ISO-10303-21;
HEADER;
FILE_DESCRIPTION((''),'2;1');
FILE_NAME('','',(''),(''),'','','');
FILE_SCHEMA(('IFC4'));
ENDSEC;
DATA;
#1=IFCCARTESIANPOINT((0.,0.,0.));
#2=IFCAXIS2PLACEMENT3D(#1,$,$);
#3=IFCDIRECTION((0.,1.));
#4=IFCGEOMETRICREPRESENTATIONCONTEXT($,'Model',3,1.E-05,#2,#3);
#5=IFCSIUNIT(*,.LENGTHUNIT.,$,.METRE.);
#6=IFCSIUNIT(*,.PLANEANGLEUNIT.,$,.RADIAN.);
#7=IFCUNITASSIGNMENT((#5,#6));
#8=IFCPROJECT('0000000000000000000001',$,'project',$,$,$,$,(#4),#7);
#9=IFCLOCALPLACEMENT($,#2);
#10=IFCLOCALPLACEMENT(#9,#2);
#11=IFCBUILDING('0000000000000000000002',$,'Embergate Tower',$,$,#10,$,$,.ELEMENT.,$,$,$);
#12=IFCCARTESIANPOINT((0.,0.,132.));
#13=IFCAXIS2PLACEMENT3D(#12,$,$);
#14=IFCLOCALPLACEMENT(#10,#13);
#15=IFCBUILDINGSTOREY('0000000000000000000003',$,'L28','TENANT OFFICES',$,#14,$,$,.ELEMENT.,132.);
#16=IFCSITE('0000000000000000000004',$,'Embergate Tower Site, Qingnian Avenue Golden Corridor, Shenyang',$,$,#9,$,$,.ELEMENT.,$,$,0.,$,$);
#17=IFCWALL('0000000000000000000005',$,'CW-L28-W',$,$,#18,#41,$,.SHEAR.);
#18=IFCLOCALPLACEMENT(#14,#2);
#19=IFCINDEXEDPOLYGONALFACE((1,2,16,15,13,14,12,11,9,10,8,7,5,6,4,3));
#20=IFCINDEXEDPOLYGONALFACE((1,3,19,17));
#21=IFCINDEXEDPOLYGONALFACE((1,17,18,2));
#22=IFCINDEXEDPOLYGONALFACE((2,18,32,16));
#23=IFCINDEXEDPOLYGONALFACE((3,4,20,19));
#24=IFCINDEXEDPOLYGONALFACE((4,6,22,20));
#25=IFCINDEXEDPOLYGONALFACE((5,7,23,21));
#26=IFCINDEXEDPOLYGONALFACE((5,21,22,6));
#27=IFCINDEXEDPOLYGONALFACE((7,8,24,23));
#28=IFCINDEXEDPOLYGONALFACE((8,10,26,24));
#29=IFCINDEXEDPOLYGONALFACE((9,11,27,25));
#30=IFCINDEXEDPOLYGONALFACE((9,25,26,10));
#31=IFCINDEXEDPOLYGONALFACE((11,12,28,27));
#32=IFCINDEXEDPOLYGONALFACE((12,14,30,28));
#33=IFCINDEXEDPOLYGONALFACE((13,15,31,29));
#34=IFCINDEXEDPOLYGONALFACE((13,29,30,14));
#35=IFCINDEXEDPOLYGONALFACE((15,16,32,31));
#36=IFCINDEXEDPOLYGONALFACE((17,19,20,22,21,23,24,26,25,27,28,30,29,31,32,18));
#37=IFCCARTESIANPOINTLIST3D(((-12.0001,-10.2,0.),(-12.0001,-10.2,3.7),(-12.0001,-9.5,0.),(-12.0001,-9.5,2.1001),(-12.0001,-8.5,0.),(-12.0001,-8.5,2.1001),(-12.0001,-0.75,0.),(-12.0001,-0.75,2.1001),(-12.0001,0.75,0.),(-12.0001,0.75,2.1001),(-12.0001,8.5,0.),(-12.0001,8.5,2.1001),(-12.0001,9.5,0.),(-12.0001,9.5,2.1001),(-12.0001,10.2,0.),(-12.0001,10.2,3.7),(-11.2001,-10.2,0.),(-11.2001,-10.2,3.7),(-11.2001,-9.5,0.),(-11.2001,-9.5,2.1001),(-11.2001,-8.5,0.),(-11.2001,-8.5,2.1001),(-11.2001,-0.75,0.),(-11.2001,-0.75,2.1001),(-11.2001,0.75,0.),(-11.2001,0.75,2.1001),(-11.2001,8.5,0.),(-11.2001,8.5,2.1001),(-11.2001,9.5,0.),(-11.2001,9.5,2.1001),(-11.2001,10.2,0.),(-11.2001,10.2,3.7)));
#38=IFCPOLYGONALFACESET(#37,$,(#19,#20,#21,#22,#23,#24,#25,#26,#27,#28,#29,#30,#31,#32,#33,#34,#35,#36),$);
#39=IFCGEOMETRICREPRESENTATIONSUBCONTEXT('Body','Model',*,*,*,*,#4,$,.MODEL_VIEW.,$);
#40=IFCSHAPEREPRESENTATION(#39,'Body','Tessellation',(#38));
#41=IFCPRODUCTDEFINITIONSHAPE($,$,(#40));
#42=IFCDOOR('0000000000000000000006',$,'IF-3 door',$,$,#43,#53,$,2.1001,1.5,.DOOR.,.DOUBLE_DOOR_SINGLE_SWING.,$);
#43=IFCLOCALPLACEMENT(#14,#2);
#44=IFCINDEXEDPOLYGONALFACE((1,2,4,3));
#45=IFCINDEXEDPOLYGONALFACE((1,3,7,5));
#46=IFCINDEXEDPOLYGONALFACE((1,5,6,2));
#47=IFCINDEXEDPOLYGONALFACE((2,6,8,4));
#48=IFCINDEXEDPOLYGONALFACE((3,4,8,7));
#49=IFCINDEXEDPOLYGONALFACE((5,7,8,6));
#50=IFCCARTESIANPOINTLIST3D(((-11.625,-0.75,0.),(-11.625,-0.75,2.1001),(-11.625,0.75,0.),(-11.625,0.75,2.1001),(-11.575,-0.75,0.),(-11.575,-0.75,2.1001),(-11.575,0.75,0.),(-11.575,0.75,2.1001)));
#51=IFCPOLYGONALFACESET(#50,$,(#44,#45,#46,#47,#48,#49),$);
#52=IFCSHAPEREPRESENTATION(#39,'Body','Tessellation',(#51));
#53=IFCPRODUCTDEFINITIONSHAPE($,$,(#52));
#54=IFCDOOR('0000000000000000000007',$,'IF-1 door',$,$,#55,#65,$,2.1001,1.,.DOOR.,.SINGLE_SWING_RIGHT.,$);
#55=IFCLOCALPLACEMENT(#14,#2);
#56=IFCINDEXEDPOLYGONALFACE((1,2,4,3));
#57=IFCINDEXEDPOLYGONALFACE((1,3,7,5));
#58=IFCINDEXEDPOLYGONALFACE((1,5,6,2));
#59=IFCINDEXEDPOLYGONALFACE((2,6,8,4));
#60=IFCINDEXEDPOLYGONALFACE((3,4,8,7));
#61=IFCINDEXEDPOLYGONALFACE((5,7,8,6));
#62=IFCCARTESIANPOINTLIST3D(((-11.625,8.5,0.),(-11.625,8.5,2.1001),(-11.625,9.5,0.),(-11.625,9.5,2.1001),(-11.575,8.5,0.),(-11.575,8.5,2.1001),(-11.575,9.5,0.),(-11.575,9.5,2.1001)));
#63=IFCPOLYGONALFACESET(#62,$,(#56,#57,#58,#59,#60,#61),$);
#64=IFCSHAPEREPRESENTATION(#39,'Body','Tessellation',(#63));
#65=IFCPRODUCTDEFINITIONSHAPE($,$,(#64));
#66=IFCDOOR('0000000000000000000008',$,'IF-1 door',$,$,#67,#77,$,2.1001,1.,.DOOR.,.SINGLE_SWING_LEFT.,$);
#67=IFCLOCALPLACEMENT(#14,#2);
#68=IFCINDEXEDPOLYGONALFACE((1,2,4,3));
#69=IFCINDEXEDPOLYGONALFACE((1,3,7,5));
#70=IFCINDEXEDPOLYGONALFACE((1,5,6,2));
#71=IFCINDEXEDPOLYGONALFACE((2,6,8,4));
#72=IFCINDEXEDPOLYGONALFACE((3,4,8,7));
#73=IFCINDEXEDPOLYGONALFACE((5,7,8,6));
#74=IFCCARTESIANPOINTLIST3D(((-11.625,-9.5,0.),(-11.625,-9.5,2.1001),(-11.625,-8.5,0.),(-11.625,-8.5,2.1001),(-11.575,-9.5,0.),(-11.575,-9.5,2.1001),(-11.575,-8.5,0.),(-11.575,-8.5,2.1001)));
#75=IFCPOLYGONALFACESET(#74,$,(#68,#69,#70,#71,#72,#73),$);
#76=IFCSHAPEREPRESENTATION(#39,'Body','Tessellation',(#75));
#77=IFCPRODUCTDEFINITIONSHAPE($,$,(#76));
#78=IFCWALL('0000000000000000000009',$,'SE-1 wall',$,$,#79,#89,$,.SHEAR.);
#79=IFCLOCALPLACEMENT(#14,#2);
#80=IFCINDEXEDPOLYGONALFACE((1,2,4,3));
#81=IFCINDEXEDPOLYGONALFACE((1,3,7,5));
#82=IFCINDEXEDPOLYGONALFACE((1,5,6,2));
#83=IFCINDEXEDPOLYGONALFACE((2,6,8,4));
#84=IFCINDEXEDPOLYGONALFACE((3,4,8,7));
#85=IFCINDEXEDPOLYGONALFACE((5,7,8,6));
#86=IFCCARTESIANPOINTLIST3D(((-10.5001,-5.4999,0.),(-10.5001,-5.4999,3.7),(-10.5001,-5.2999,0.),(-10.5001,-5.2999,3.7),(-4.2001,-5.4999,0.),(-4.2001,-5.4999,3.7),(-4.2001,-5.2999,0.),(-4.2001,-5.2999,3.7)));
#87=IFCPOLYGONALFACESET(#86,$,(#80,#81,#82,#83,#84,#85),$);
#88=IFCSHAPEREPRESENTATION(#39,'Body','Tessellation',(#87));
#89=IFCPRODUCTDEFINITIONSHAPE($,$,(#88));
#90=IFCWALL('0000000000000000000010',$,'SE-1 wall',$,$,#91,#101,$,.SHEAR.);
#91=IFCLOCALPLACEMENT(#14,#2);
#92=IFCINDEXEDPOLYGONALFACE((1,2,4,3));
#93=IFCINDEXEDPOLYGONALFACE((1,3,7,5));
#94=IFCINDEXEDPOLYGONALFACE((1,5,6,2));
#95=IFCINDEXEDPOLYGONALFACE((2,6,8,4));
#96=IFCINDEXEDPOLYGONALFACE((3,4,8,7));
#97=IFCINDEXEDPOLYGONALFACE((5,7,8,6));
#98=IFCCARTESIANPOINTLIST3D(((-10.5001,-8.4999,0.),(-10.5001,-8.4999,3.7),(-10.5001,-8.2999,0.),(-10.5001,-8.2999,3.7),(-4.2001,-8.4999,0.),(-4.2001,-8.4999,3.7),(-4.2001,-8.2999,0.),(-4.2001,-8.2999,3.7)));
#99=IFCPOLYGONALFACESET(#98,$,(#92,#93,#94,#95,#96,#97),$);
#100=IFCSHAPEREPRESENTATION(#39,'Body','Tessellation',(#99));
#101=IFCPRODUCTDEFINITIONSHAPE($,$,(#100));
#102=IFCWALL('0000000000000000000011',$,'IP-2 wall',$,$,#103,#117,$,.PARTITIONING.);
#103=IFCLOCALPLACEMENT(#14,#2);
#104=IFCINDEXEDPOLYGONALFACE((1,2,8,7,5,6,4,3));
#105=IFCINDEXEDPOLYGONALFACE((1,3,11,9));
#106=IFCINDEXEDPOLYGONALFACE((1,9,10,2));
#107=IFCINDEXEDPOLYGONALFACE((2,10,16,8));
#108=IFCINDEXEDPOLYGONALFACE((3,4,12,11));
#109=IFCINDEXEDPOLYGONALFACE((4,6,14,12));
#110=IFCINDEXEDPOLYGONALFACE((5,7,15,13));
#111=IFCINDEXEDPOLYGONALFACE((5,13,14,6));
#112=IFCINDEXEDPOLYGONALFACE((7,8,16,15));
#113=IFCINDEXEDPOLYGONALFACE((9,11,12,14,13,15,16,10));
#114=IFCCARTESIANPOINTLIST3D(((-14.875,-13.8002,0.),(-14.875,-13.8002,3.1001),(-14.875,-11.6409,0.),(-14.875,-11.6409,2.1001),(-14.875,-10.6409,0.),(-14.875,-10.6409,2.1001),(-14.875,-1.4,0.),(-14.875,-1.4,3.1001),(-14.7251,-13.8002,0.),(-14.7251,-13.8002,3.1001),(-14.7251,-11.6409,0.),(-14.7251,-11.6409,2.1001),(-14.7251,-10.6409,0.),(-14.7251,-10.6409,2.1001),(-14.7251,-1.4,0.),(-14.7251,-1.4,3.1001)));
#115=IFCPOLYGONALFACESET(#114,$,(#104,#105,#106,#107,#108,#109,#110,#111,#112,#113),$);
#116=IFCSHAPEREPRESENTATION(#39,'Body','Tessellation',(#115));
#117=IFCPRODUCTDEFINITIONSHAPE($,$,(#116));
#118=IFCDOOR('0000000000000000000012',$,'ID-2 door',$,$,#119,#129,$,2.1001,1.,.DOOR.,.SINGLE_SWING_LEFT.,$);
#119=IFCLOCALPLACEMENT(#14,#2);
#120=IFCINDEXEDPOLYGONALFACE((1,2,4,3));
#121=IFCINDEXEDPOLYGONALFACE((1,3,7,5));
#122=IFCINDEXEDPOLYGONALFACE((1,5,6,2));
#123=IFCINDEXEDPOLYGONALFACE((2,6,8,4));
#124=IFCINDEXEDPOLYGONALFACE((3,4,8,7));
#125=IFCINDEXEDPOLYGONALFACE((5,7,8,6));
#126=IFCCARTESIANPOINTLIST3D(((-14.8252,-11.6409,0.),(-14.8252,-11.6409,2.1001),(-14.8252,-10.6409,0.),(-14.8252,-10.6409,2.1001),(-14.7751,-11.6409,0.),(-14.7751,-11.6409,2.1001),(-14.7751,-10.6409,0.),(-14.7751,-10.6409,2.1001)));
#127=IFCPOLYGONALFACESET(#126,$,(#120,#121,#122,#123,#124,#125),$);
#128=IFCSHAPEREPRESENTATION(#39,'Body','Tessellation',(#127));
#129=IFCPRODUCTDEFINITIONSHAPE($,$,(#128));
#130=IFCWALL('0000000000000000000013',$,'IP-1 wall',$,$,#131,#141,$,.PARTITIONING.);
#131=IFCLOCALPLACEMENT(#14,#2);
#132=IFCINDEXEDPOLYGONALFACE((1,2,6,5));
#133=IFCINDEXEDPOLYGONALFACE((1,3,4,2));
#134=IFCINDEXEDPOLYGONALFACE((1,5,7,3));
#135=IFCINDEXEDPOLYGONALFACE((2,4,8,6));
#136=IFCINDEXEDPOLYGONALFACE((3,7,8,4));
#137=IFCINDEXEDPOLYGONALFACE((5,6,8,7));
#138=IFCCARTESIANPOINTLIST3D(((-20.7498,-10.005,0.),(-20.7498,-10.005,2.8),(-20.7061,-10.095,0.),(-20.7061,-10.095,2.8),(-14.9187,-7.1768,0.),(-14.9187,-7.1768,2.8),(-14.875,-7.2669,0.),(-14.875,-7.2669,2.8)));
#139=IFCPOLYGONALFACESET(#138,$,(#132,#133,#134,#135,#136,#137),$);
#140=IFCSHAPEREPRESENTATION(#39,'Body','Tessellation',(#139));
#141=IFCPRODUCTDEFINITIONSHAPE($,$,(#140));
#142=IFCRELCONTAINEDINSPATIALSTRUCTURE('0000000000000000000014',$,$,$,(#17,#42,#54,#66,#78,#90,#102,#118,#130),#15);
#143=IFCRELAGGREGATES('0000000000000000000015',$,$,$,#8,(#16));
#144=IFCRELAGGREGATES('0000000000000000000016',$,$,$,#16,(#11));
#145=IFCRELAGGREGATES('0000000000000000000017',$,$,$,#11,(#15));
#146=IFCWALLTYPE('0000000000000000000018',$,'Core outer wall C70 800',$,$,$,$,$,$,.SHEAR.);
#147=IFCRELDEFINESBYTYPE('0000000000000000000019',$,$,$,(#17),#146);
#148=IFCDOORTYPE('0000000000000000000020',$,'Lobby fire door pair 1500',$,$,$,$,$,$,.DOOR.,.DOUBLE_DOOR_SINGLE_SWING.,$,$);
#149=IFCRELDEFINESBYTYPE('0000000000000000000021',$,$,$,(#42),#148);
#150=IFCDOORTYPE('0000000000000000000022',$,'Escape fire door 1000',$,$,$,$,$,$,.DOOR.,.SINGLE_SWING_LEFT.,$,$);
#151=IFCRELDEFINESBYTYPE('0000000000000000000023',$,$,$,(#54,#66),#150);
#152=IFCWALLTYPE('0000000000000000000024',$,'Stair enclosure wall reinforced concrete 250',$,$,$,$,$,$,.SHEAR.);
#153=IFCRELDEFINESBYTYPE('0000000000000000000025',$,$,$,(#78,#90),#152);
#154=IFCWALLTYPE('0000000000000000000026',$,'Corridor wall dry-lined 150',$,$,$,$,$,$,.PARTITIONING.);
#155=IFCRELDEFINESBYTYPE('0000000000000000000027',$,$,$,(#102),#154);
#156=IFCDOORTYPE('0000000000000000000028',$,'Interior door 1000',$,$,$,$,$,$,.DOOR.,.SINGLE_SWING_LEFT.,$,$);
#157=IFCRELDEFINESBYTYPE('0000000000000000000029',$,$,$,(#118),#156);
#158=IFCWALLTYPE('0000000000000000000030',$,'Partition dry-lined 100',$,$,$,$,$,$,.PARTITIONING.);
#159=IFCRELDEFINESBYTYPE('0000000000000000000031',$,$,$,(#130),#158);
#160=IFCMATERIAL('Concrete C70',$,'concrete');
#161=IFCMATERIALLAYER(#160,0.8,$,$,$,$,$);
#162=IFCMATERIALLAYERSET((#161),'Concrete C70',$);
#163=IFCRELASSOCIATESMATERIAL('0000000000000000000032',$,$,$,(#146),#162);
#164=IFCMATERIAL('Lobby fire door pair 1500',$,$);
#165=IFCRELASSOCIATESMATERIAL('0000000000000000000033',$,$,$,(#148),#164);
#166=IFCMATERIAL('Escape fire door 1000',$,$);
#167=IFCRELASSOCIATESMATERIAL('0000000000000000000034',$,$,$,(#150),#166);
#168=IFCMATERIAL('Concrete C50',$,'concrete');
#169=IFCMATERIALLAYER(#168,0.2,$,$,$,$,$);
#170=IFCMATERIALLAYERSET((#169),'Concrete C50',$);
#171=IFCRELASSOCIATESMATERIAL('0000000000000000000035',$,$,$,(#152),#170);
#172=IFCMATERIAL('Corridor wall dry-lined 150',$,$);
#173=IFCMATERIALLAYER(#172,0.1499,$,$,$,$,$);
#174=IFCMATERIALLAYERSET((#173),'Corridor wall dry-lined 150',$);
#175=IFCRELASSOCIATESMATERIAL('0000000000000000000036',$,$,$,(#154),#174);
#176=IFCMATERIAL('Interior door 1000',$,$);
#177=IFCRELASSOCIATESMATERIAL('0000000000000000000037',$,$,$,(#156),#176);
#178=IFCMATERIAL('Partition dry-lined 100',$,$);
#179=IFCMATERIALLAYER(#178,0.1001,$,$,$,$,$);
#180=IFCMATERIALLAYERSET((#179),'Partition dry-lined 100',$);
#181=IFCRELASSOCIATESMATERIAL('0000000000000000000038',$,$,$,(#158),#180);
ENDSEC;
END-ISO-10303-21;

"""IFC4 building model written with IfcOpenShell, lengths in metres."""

from ifc_helpers import new_model, si_unit, direction, frame, frame_2d, origin, place, context, subcontext, project, spatial, rectangle, extrude, source, transform, mapped, material, layer, layer_set, type_object, element, fill, save


model = new_model("IFC4")

# Units and contexts
model_context = context("Model", 3, precision=1e-05, world=origin(), true_north=direction((0.0, 1.0)))
body_context = subcontext(model_context, "Body", "Model", "MODEL_VIEW")
ifc_project = project(units=[si_unit("LENGTHUNIT", "METRE"), si_unit("PLANEANGLEUNIT", "RADIAN")], contexts=[model_context])

# Site, building, storey
site_placement = place(None, origin())
site = spatial("IfcSite", under=ifc_project, at=site_placement, Name="Embergate Tower Site, Qingnian Avenue Golden Corridor, Shenyang", CompositionType="ELEMENT", RefElevation=0.0)
building_placement = place(site_placement, origin())
building = spatial("IfcBuilding", under=site, at=building_placement, Name="Embergate Tower", CompositionType="ELEMENT")
storey_placement = place(building_placement, frame((0.0, 0.0, 132.0)))
storey = spatial("IfcBuildingStorey", under=building, at=storey_placement, Name="L28", Description="TENANT OFFICES", CompositionType="ELEMENT", Elevation=132.0)

# Wall, openings, doors
ifc_material_1 = material(Name="Concrete C70", Category="concrete")
ifc_layer_1 = layer(ifc_material_1, 0.8)
ifc_layer_set_1 = layer_set([ifc_layer_1], Name="Concrete C70")
wall_type_1 = type_object("IfcWallType", Name="Core outer wall C70 800", PredefinedType="SHEAR", material=ifc_layer_set_1)
shared_shape_1 = source(origin(), body_context, "Body", "SweptSolid", [
    extrude(rectangle(XDim=20.3999, YDim=0.8, at=frame_2d((10.2, 0.0))), origin(), (0.0, 0.0, 1.0), 3.7),
])
wall_1_placement = place(storey_placement, frame((-11.6001, -10.2, 0.0), z_axis=(0.0, 0.0, 1.0), x_axis=(0.0, 1.0, 0.0)))
wall_1 = element("IfcWall", 1, at=wall_1_placement, inside=storey, type_object=wall_type_1, Name="CW-L28-W", PredefinedType="SHEAR", context=body_context, shape_type="MappedRepresentation", body=[
    mapped(shared_shape_1, transform((0.0, 0.0, 0.0))),
])
shared_shape_2 = source(origin(), body_context, "Body", "SweptSolid", [
    extrude(rectangle(XDim=1.0, YDim=2.1001, at=frame_2d((0.5, 1.05))), frame((0.0, 0.4099, 0.0), z_axis=(0.0, -1.0, 0.0), x_axis=(1.0, 0.0, 0.0)), (0.0, 0.0, 1.0), 0.8201),
])
opening_1_placement = place(wall_1_placement, frame((18.7, 0.0, 0.0)))
opening_1 = element("IfcOpeningElement", 2, at=opening_1_placement, cuts=wall_1, PredefinedType="OPENING", context=body_context, shape_type="MappedRepresentation", body=[
    mapped(shared_shape_2, transform((0.0, 0.0, 0.0))),
])
opening_2_placement = place(wall_1_placement, frame((0.7, 0.0, 0.0)))
opening_2 = element("IfcOpeningElement", 3, at=opening_2_placement, cuts=wall_1, PredefinedType="OPENING", context=body_context, shape_type="MappedRepresentation", body=[
    mapped(shared_shape_2, transform((0.0, 0.0, 0.0))),
])
shared_shape_3 = source(origin(), body_context, "Body", "SweptSolid", [
    extrude(rectangle(XDim=1.5, YDim=2.1001, at=frame_2d((0.75, 1.05))), frame((0.0, 0.4099, 0.0), z_axis=(0.0, -1.0, 0.0), x_axis=(1.0, 0.0, 0.0)), (0.0, 0.0, 1.0), 0.8201),
])
opening_3_placement = place(wall_1_placement, frame((9.45, 0.0, 0.0)))
opening_3 = element("IfcOpeningElement", 4, at=opening_3_placement, cuts=wall_1, PredefinedType="OPENING", context=body_context, shape_type="MappedRepresentation", body=[
    mapped(shared_shape_3, transform((0.0, 0.0, 0.0))),
])
ifc_material_2 = material(Name="Lobby fire door pair 1500")
door_type_1 = type_object("IfcDoorType", Name="Lobby fire door pair 1500", OperationType="DOUBLE_DOOR_SINGLE_SWING", PredefinedType="DOOR", material=ifc_material_2)
shared_shape_4 = source(origin(), body_context, "Body", "SweptSolid", [
    extrude(rectangle(XDim=1.5, YDim=2.1001, at=frame_2d((0.75, 1.05))), frame((0.0, 0.0249, 0.0), z_axis=(0.0, -1.0, 0.0), x_axis=(1.0, 0.0, 0.0)), (0.0, 0.0, 1.0), 0.05),
])
door_1_placement = place(opening_3_placement, origin())
door_1 = element("IfcDoor", 5, at=door_1_placement, inside=storey, type_object=door_type_1, Name="IF-3 door", OperationType="DOUBLE_DOOR_SINGLE_SWING", OverallHeight=2.1001, OverallWidth=1.5, PredefinedType="DOOR", context=body_context, shape_type="MappedRepresentation", body=[
    mapped(shared_shape_4, transform((0.0, 0.0, 0.0))),
])
fill(opening_3, door_1)
ifc_material_3 = material(Name="Escape fire door 1000")
door_type_2 = type_object("IfcDoorType", Name="Escape fire door 1000", OperationType="SINGLE_SWING_LEFT", PredefinedType="DOOR", material=ifc_material_3)
shared_shape_5 = source(origin(), body_context, "Body", "SweptSolid", [
    extrude(rectangle(XDim=1.0, YDim=2.1001, at=frame_2d((0.5, 1.05))), frame((0.0, 0.0249, 0.0), z_axis=(0.0, -1.0, 0.0), x_axis=(1.0, 0.0, 0.0)), (0.0, 0.0, 1.0), 0.05),
])
door_2_placement = place(opening_1_placement, origin())
door_2 = element("IfcDoor", 6, at=door_2_placement, inside=storey, type_object=door_type_2, Name="IF-1 door", OperationType="SINGLE_SWING_RIGHT", OverallHeight=2.1001, OverallWidth=1.0, PredefinedType="DOOR", context=body_context, shape_type="MappedRepresentation", body=[
    mapped(shared_shape_5, transform((0.0, 0.0, 0.0))),
])
fill(opening_1, door_2)
door_3_placement = place(opening_2_placement, origin())
door_3 = element("IfcDoor", 7, at=door_3_placement, inside=storey, type_object=door_type_2, Name="IF-1 door", OperationType="SINGLE_SWING_LEFT", OverallHeight=2.1001, OverallWidth=1.0, PredefinedType="DOOR", context=body_context, shape_type="MappedRepresentation", body=[
    mapped(shared_shape_5, transform((0.0, 0.0, 0.0))),
])
fill(opening_2, door_3)

# Walls
ifc_material_4 = material(Name="Concrete C50", Category="concrete")
ifc_layer_2 = layer(ifc_material_4, 0.2)
ifc_layer_set_2 = layer_set([ifc_layer_2], Name="Concrete C50")
wall_type_2 = type_object("IfcWallType", Name="Stair enclosure wall reinforced concrete 250", PredefinedType="SHEAR", material=ifc_layer_set_2)
shared_shape_6 = source(origin(), body_context, "Body", "SweptSolid", [
    extrude(rectangle(XDim=6.3, YDim=0.2, at=frame_2d((3.1499, 0.0))), origin(), (0.0, 0.0, 1.0), 3.7),
])
for number, where, z_axis, x_axis, name in (
    (8, (-10.5, -5.3999, 0.0), (0.0, 0.0, 1.0), (1.0, 0.0, 0.0), "SE-1 wall"),
    (9, (-10.5, -8.3999, 0.0), (0.0, 0.0, 1.0), (1.0, 0.0, 0.0), "SE-1 wall"),
):
    element("IfcWall", number, at=place(storey_placement, frame(where, z_axis=z_axis, x_axis=x_axis)), inside=storey, type_object=wall_type_2, Name=name, PredefinedType="SHEAR", context=body_context, shape_type="MappedRepresentation", body=[
        mapped(shared_shape_6, transform((0.0, 0.0, 0.0))),
    ])

# Wall, opening, door
ifc_material_5 = material(Name="Corridor wall dry-lined 150")
ifc_layer_3 = layer(ifc_material_5, 0.1499)
ifc_layer_set_3 = layer_set([ifc_layer_3], Name="Corridor wall dry-lined 150")
wall_type_3 = type_object("IfcWallType", Name="Corridor wall dry-lined 150", PredefinedType="PARTITIONING", material=ifc_layer_set_3)
shared_shape_7 = source(origin(), body_context, "Body", "SweptSolid", [
    extrude(rectangle(XDim=12.4001, YDim=0.1499, at=frame_2d((6.2002, 0.0))), origin(), (0.0, 0.0, 1.0), 3.1001),
])
wall_2_placement = place(storey_placement, frame((-14.8, -1.3999, 0.0), z_axis=(0.0, 0.0, 1.0), x_axis=(0.0, -1.0, 0.0)))
wall_2 = element("IfcWall", 10, at=wall_2_placement, inside=storey, type_object=wall_type_3, Name="IP-2 wall", PredefinedType="PARTITIONING", context=body_context, shape_type="MappedRepresentation", body=[
    mapped(shared_shape_7, transform((0.0, 0.0, 0.0))),
])
shared_shape_8 = source(origin(), body_context, "Body", "SweptSolid", [
    extrude(rectangle(XDim=1.0, YDim=2.1001, at=frame_2d((0.5, 1.05))), frame((0.0, 0.085, 0.0), z_axis=(0.0, -1.0, 0.0), x_axis=(1.0, 0.0, 0.0)), (0.0, 0.0, 1.0), 0.1699),
])
opening_4_placement = place(wall_2_placement, frame((9.241, 0.0, 0.0)))
opening_4 = element("IfcOpeningElement", 11, at=opening_4_placement, cuts=wall_2, PredefinedType="OPENING", context=body_context, shape_type="MappedRepresentation", body=[
    mapped(shared_shape_8, transform((0.0, 0.0, 0.0))),
])
ifc_material_6 = material(Name="Interior door 1000")
door_type_3 = type_object("IfcDoorType", Name="Interior door 1000", OperationType="SINGLE_SWING_LEFT", PredefinedType="DOOR", material=ifc_material_6)
door_4_placement = place(opening_4_placement, origin())
door_4 = element("IfcDoor", 12, at=door_4_placement, inside=storey, type_object=door_type_3, Name="ID-2 door", OperationType="SINGLE_SWING_LEFT", OverallHeight=2.1001, OverallWidth=1.0, PredefinedType="DOOR", context=body_context, shape_type="MappedRepresentation", body=[
    mapped(shared_shape_5, transform((0.0, 0.0, 0.0))),
])
fill(opening_4, door_4)

# Wall
ifc_material_7 = material(Name="Partition dry-lined 100")
ifc_layer_4 = layer(ifc_material_7, 0.1001)
ifc_layer_set_4 = layer_set([ifc_layer_4], Name="Partition dry-lined 100")
wall_type_4 = type_object("IfcWallType", Name="Partition dry-lined 100", PredefinedType="PARTITIONING", material=ifc_layer_set_4)
shared_shape_9 = source(origin(), body_context, "Body", "SweptSolid", [
    extrude(rectangle(XDim=6.4807, YDim=0.1001, at=frame_2d((3.2402, 0.0))), origin(), (0.0, 0.0, 1.0), 2.8),
])
wall_3_placement = place(storey_placement, frame((-14.897, -7.2219, 0.0), z_axis=(0.0, 0.0, 1.0), x_axis=(-0.899757, -0.436392, 0.0)))
element("IfcWall", 13, at=wall_3_placement, inside=storey, type_object=wall_type_4, Name="IP-1 wall", PredefinedType="PARTITIONING", context=body_context, shape_type="MappedRepresentation", body=[
    mapped(shared_shape_9, transform((0.0, 0.0, 0.0))),
])

save(model, "model.ifc")
